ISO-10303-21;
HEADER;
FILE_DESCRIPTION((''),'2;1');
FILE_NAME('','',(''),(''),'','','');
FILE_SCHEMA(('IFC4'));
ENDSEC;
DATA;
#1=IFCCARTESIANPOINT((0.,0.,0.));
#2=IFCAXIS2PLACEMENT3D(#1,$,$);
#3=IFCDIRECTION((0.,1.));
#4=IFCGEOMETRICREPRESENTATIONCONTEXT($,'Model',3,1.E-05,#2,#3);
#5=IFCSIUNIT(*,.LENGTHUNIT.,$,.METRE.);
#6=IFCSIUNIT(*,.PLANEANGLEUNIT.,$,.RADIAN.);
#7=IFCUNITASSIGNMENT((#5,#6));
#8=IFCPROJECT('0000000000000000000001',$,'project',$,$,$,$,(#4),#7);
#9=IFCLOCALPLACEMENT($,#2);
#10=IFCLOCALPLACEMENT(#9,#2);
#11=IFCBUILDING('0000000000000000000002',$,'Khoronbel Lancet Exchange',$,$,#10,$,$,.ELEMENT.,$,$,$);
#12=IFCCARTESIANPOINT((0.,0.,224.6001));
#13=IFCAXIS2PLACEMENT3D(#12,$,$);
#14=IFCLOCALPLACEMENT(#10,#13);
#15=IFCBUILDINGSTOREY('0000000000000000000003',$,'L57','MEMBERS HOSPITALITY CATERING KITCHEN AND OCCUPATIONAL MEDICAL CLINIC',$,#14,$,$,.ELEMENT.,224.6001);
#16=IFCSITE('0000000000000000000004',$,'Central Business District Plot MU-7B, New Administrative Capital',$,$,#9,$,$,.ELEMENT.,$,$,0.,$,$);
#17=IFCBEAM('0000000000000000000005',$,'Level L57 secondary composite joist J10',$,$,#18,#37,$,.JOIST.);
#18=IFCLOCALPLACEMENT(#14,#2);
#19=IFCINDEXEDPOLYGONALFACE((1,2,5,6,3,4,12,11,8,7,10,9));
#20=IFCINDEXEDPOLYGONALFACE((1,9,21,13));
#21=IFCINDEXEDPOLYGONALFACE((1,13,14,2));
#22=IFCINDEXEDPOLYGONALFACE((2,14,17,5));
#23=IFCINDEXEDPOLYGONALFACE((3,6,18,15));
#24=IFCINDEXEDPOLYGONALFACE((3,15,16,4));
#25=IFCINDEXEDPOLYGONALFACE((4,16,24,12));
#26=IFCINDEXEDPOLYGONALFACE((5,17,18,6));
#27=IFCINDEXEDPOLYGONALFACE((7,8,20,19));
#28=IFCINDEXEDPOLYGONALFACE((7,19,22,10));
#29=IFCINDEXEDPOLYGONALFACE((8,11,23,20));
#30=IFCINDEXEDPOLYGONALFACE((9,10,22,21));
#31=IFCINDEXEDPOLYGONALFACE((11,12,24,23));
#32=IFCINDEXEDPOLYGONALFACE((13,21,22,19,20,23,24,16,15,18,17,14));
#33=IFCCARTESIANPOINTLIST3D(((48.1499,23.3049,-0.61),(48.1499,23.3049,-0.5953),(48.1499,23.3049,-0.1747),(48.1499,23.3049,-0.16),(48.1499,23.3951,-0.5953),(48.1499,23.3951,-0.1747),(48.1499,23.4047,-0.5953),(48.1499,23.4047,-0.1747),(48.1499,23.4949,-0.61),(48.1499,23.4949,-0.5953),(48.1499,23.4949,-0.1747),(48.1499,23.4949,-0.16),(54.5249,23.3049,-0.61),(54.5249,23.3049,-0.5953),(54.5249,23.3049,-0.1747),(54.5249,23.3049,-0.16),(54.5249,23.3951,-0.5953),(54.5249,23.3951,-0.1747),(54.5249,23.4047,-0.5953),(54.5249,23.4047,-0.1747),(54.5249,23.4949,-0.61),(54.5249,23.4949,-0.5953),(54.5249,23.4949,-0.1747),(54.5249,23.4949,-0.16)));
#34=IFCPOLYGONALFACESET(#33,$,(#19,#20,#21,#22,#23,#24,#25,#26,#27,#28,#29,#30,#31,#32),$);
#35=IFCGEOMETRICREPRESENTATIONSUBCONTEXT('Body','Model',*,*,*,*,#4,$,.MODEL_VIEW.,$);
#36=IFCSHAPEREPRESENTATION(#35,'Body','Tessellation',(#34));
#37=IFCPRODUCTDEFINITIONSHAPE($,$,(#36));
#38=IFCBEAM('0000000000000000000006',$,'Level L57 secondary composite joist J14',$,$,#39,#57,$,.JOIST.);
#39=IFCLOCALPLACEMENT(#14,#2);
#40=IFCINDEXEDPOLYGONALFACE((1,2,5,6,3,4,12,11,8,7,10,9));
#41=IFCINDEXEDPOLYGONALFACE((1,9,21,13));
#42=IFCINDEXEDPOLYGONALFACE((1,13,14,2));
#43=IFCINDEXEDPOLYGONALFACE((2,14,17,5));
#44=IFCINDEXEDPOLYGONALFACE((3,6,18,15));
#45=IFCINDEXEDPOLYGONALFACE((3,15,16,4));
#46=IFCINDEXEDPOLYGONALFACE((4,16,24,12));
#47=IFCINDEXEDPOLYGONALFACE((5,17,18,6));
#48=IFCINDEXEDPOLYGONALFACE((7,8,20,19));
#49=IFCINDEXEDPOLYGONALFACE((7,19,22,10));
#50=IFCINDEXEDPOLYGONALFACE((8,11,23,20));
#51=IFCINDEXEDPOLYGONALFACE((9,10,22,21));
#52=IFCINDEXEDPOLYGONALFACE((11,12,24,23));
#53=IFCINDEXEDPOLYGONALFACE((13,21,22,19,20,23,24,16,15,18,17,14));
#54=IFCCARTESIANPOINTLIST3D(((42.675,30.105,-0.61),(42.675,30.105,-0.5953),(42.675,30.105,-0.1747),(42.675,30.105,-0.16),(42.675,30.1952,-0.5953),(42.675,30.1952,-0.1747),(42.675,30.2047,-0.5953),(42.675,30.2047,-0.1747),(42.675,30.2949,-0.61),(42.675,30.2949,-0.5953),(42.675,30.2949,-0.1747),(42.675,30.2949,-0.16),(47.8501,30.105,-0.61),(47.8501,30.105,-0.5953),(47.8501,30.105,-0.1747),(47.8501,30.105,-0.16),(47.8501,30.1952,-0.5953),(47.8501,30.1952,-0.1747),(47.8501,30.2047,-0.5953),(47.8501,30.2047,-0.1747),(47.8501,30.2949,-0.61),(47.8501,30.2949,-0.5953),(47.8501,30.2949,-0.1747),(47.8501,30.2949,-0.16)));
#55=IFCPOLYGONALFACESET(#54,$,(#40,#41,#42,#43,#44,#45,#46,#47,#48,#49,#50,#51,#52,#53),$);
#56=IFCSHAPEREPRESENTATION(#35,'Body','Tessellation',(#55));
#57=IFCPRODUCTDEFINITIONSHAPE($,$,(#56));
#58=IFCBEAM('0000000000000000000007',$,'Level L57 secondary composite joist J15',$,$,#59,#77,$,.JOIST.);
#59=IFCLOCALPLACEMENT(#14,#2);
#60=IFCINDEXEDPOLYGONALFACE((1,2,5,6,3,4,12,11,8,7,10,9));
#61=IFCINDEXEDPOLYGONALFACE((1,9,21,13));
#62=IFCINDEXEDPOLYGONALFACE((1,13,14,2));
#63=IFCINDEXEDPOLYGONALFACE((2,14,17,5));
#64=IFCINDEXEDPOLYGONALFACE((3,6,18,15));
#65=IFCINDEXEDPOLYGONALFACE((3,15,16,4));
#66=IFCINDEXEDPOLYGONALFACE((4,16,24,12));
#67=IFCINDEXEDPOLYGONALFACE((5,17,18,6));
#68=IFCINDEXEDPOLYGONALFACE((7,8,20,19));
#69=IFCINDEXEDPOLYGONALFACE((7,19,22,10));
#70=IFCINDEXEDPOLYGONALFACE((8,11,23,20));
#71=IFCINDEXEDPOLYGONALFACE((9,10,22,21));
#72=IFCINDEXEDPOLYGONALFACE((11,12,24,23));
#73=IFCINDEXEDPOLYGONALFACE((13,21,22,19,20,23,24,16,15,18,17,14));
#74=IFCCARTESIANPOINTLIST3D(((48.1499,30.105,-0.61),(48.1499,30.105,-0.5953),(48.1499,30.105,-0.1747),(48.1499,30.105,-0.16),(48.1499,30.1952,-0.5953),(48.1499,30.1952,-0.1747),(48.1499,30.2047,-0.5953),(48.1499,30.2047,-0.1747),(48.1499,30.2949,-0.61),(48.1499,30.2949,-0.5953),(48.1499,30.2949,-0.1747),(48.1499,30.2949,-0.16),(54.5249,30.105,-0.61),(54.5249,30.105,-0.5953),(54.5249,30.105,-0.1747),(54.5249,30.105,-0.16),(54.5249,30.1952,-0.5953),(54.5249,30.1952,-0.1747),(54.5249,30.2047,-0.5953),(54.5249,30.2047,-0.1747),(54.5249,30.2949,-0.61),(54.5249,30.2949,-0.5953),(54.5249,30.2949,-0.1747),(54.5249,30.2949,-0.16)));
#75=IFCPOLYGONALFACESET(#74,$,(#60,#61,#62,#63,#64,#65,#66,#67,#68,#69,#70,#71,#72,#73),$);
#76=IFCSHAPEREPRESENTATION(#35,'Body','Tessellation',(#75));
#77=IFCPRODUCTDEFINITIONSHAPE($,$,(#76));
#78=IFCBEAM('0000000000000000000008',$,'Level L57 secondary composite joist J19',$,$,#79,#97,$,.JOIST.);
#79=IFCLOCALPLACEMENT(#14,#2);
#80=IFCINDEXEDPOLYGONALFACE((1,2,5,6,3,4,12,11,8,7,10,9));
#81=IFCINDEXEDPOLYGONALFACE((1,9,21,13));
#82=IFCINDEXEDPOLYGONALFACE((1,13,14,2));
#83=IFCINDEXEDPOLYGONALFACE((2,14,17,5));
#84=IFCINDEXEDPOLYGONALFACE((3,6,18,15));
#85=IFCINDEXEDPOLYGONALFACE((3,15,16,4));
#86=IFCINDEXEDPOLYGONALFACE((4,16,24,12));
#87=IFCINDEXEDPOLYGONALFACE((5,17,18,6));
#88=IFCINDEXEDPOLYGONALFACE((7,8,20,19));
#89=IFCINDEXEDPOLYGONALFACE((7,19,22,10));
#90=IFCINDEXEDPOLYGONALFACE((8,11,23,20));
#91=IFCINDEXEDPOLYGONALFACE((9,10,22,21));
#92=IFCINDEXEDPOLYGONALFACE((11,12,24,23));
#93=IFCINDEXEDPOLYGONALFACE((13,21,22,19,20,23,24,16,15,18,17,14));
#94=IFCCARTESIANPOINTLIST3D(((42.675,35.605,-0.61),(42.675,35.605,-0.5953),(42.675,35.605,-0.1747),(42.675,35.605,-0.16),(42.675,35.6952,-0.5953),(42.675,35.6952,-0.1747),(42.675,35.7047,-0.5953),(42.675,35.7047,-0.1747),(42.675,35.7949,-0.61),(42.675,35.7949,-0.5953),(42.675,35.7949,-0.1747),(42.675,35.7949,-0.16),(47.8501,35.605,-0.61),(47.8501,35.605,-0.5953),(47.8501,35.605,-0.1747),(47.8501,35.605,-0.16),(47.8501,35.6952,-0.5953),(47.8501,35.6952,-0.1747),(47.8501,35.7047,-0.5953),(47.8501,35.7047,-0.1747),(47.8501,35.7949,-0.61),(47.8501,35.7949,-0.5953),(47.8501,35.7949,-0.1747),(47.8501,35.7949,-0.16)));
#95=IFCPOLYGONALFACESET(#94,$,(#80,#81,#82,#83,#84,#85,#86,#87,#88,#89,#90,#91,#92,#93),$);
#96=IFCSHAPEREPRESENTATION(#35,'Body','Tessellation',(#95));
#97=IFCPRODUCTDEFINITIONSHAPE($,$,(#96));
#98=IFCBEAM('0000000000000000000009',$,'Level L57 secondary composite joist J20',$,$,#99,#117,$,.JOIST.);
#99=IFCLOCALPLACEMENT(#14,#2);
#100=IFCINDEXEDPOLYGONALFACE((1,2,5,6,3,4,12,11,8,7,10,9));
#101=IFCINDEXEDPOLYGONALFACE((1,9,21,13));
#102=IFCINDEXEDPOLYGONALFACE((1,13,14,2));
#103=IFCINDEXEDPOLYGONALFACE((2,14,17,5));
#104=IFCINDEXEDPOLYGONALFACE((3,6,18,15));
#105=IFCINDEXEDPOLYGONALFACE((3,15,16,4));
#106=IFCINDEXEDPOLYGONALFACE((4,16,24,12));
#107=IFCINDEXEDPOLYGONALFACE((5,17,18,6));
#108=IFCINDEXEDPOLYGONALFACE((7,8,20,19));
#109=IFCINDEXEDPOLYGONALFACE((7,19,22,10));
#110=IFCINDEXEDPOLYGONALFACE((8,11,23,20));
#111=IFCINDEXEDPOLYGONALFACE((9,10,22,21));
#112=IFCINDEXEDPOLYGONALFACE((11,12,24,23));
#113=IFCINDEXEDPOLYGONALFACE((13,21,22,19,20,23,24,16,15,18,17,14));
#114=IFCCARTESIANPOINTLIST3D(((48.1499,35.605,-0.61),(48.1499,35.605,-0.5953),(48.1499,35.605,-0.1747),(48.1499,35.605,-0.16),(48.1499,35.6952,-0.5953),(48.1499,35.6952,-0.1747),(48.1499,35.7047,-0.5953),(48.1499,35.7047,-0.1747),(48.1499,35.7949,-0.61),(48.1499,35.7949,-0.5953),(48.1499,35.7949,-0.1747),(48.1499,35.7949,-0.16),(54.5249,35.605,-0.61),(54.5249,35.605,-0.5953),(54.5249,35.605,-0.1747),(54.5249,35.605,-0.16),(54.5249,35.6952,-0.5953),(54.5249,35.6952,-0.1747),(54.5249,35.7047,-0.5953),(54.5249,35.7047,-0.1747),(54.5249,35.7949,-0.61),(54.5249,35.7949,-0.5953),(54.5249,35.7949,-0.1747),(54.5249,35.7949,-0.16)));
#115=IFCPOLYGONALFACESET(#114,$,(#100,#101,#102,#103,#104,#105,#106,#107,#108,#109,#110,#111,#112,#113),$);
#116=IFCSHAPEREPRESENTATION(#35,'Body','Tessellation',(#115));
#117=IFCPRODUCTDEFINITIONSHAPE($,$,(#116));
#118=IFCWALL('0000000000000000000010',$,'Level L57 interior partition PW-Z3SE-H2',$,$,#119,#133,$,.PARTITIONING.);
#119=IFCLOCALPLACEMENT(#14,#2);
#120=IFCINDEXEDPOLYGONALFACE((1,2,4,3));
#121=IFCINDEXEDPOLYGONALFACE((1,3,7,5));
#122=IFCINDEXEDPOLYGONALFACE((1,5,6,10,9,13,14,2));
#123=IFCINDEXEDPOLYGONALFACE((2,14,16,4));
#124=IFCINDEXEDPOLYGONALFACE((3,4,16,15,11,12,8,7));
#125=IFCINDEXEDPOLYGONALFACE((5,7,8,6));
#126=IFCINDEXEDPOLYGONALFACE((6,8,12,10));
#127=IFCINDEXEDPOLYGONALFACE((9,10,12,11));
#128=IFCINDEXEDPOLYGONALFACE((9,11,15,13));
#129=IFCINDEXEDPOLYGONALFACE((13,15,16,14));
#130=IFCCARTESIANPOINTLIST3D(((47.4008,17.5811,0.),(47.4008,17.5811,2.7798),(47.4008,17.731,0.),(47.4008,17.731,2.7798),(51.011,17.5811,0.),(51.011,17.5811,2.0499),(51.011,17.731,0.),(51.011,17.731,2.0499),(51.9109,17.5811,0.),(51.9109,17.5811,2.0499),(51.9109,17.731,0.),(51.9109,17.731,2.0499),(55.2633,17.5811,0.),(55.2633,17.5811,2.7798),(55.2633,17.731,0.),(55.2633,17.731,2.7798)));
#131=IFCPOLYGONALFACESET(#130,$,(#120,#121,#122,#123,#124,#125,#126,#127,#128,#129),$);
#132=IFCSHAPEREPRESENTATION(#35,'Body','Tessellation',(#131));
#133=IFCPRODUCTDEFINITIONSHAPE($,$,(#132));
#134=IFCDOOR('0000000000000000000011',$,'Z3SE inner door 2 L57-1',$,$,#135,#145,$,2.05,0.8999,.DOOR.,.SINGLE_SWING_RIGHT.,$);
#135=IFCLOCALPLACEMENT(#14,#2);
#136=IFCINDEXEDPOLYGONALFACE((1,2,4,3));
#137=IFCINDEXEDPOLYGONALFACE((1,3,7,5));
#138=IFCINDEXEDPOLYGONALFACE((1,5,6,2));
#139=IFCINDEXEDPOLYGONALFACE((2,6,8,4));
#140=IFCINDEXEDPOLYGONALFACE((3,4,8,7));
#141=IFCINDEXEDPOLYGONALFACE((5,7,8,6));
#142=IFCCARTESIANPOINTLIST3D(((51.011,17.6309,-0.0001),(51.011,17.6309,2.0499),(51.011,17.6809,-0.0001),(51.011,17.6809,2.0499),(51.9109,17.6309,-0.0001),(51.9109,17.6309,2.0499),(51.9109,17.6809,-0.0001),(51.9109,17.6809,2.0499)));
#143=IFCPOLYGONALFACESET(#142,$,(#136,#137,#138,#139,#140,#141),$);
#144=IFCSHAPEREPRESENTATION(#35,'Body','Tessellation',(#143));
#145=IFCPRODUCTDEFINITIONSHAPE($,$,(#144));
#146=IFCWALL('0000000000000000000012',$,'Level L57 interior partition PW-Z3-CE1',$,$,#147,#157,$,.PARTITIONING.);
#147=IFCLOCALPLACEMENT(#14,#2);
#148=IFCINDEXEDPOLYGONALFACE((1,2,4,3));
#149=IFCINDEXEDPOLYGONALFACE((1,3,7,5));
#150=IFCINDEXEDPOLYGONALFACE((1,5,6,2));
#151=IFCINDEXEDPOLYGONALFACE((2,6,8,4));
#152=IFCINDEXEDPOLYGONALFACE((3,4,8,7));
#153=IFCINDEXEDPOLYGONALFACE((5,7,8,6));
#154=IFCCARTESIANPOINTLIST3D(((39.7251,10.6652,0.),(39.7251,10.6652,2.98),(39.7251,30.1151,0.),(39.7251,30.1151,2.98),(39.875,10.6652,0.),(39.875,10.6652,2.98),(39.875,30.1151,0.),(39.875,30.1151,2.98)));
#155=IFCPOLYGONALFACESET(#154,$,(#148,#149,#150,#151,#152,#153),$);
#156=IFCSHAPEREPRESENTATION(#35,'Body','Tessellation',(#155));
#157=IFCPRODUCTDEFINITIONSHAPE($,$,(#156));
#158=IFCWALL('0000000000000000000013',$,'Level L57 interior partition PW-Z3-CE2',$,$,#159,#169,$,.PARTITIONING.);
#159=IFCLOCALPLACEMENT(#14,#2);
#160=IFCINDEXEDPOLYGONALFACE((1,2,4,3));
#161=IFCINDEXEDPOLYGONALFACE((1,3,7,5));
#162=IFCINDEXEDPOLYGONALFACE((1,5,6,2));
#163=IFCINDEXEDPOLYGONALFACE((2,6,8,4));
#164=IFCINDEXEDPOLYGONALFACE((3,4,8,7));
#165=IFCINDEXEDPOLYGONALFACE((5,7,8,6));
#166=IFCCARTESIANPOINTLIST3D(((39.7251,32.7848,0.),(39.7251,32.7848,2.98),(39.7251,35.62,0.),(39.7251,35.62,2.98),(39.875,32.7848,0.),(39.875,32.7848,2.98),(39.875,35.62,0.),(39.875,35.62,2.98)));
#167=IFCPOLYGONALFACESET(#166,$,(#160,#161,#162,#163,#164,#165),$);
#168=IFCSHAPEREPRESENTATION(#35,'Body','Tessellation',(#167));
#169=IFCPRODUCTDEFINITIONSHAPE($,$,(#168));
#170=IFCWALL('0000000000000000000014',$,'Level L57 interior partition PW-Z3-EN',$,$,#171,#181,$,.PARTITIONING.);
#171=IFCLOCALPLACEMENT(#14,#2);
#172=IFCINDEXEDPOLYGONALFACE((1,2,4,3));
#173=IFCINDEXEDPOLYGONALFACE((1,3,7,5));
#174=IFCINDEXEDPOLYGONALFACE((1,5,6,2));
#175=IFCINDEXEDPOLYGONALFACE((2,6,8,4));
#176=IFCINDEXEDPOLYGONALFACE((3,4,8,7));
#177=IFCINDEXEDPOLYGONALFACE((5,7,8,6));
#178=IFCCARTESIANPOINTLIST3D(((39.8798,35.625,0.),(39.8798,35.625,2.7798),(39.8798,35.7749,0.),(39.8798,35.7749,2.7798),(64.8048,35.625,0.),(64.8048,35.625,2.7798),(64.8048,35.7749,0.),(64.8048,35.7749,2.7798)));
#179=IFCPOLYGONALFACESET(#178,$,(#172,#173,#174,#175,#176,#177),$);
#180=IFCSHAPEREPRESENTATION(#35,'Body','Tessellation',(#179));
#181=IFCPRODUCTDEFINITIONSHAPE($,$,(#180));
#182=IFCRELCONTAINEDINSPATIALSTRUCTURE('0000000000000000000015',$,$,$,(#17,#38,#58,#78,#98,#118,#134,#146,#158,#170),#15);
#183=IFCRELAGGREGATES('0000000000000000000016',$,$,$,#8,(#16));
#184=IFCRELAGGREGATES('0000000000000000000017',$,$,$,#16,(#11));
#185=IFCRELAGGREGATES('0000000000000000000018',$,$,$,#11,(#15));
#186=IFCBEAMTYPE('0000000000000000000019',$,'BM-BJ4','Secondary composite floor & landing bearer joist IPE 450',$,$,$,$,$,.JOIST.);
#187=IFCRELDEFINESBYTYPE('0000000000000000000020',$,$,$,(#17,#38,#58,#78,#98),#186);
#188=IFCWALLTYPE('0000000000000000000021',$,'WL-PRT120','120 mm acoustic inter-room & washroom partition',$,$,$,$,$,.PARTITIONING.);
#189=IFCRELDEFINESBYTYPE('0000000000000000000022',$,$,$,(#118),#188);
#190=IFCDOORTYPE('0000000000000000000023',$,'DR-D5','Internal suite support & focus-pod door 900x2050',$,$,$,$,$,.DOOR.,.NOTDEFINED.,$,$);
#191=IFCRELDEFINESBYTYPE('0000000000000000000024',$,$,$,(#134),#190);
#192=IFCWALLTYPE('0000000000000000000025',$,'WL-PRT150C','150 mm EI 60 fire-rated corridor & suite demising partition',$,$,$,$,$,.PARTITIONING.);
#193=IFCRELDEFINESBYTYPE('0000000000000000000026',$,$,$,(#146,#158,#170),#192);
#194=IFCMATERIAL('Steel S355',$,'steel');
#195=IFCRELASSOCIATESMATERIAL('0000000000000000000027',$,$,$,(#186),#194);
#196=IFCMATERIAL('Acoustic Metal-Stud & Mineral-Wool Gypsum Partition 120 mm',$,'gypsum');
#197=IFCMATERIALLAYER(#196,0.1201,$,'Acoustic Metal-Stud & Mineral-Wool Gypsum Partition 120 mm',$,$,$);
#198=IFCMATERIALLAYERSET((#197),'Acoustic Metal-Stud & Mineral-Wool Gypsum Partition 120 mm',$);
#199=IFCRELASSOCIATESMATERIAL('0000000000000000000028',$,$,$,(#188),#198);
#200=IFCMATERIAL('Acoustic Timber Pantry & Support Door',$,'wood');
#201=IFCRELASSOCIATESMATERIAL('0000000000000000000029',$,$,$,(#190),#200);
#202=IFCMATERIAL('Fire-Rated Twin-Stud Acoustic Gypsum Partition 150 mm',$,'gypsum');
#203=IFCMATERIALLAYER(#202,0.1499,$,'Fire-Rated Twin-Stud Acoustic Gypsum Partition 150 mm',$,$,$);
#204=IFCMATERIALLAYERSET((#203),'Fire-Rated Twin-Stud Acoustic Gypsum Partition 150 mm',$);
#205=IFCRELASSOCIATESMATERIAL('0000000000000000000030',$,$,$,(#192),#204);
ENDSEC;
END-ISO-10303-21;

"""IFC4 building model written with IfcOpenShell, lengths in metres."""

from ifc_helpers import new_model, si_unit, direction, frame, frame_2d, origin, origin_2d, place, context, subcontext, project, spatial, rectangle, i_section, extrude, material, layer, layer_set, material_profile, profile_set, type_object, element, fill, save


model = new_model("IFC4")

# Units and contexts
model_context = context("Model", 3, precision=1e-05, world=origin(), true_north=direction((0.0, 1.0)))
body_context = subcontext(model_context, "Body", "Model", "MODEL_VIEW")
ifc_project = project(units=[si_unit("LENGTHUNIT", "METRE"), si_unit("PLANEANGLEUNIT", "RADIAN")], contexts=[model_context])

# Site, building, storey
site_placement = place(None, origin())
site = spatial("IfcSite", under=ifc_project, at=site_placement, Name="Central Business District Plot MU-7B, New Administrative Capital", CompositionType="ELEMENT", RefElevation=0.0)
building_placement = place(site_placement, origin())
building = spatial("IfcBuilding", under=site, at=building_placement, Name="Khoronbel Lancet Exchange", CompositionType="ELEMENT")
storey_placement = place(building_placement, frame((0.0, 0.0, 224.6001)))
storey = spatial("IfcBuildingStorey", under=building, at=storey_placement, Name="L57", Description="MEMBERS HOSPITALITY CATERING KITCHEN AND OCCUPATIONAL MEDICAL CLINIC", CompositionType="ELEMENT", Elevation=224.6001)

# Shared definitions
ifc_material_1 = material(Name="Steel S355", Category="steel")

# Beams
ifc_material_profile_1 = material_profile(ifc_material_1, i_section(OverallWidth=0.1899, OverallDepth=0.45, WebThickness=0.0095, FlangeThickness=0.0146, at=origin_2d()), Name="IPE 450")
ifc_profile_set_1 = profile_set([ifc_material_profile_1], Name="Steel S355")
beam_type_1 = type_object("IfcBeamType", Name="BM-BJ4", Description="Secondary composite floor & landing bearer joist IPE 450", PredefinedType="JOIST", material=ifc_profile_set_1)
beam_1_placement = place(storey_placement, frame((48.1499, 23.3999, -0.385), z_axis=(1.0, 0.0, 0.0), x_axis=(0.0, 1.0, 0.0)))
element("IfcBeam", 1, at=beam_1_placement, inside=storey, type_object=beam_type_1, Name="Level L57 secondary composite joist J10", PredefinedType="JOIST", context=body_context, shape_type="SweptSolid", body=[
    extrude(i_section(OverallWidth=0.1899, OverallDepth=0.45, WebThickness=0.0095, FlangeThickness=0.0146, at=origin_2d()), origin(), (0.0, 0.0, 1.0), 6.375),
])
beam_2_placement = place(storey_placement, frame((42.675, 30.2, -0.385), z_axis=(1.0, 0.0, 0.0), x_axis=(0.0, 1.0, 0.0)))
element("IfcBeam", 2, at=beam_2_placement, inside=storey, type_object=beam_type_1, Name="Level L57 secondary composite joist J14", PredefinedType="JOIST", context=body_context, shape_type="SweptSolid", body=[
    extrude(i_section(OverallWidth=0.1899, OverallDepth=0.45, WebThickness=0.0095, FlangeThickness=0.0146, at=origin_2d()), origin(), (0.0, 0.0, 1.0), 5.175),
])
beam_3_placement = place(storey_placement, frame((48.1499, 30.2, -0.385), z_axis=(1.0, 0.0, 0.0), x_axis=(0.0, 1.0, 0.0)))
element("IfcBeam", 3, at=beam_3_placement, inside=storey, type_object=beam_type_1, Name="Level L57 secondary composite joist J15", PredefinedType="JOIST", context=body_context, shape_type="SweptSolid", body=[
    extrude(i_section(OverallWidth=0.1899, OverallDepth=0.45, WebThickness=0.0095, FlangeThickness=0.0146, at=origin_2d()), origin(), (0.0, 0.0, 1.0), 6.375),
])
beam_4_placement = place(storey_placement, frame((42.675, 35.7, -0.385), z_axis=(1.0, 0.0, 0.0), x_axis=(0.0, 1.0, 0.0)))
element("IfcBeam", 4, at=beam_4_placement, inside=storey, type_object=beam_type_1, Name="Level L57 secondary composite joist J19", PredefinedType="JOIST", context=body_context, shape_type="SweptSolid", body=[
    extrude(i_section(OverallWidth=0.1899, OverallDepth=0.45, WebThickness=0.0095, FlangeThickness=0.0146, at=origin_2d()), origin(), (0.0, 0.0, 1.0), 5.175),
])
beam_5_placement = place(storey_placement, frame((48.1499, 35.7, -0.385), z_axis=(1.0, 0.0, 0.0), x_axis=(0.0, 1.0, 0.0)))
element("IfcBeam", 5, at=beam_5_placement, inside=storey, type_object=beam_type_1, Name="Level L57 secondary composite joist J20", PredefinedType="JOIST", context=body_context, shape_type="SweptSolid", body=[
    extrude(i_section(OverallWidth=0.1899, OverallDepth=0.45, WebThickness=0.0095, FlangeThickness=0.0146, at=origin_2d()), origin(), (0.0, 0.0, 1.0), 6.375),
])

# Wall, opening, door
ifc_material_2 = material(Name="Acoustic Metal-Stud & Mineral-Wool Gypsum Partition 120 mm", Category="gypsum")
ifc_layer_1 = layer(ifc_material_2, 0.1201, Name="Acoustic Metal-Stud & Mineral-Wool Gypsum Partition 120 mm")
ifc_layer_set_1 = layer_set([ifc_layer_1], Name="Acoustic Metal-Stud & Mineral-Wool Gypsum Partition 120 mm")
wall_type_1 = type_object("IfcWallType", Name="WL-PRT120", Description="120 mm acoustic inter-room & washroom partition", PredefinedType="PARTITIONING", material=ifc_layer_set_1)
wall_1_placement = place(storey_placement, frame((47.4009, 17.656, 0.0), z_axis=(0.0, 0.0, 1.0), x_axis=(1.0, 0.0, 0.0)))
wall_1 = element("IfcWall", 6, at=wall_1_placement, inside=storey, type_object=wall_type_1, Name="Level L57 interior partition PW-Z3SE-H2", PredefinedType="PARTITIONING", context=body_context, shape_type="SweptSolid", body=[
    extrude(rectangle(XDim=7.8625, YDim=0.1499, at=frame_2d((3.9312, 0.0))), origin(), (0.0, 0.0, 1.0), 2.7798),
])
opening_1_placement = place(wall_1_placement, frame((3.6101, 0.0, 0.0)))
opening_1 = element("IfcOpeningElement", 7, at=opening_1_placement, cuts=wall_1, PredefinedType="OPENING", context=body_context, shape_type="SweptSolid", body=[
    extrude(rectangle(XDim=0.8999, YDim=2.05, at=frame_2d((0.45, 1.0249))), frame((0.0, 0.085, 0.0), z_axis=(0.0, -1.0, 0.0), x_axis=(1.0, 0.0, 0.0)), (0.0, 0.0, 1.0), 0.1699),
])
ifc_material_3 = material(Name="Acoustic Timber Pantry & Support Door", Category="wood")
door_type_1 = type_object("IfcDoorType", Name="DR-D5", Description="Internal suite support & focus-pod door 900x2050", OperationType="NOTDEFINED", PredefinedType="DOOR", material=ifc_material_3)
door_1_placement = place(opening_1_placement, origin())
door_1 = element("IfcDoor", 8, at=door_1_placement, inside=storey, type_object=door_type_1, Name="Z3SE inner door 2 L57-1", OperationType="SINGLE_SWING_RIGHT", OverallHeight=2.05, OverallWidth=0.8999, PredefinedType="DOOR", context=body_context, shape_type="SweptSolid", body=[
    extrude(rectangle(XDim=0.8999, YDim=2.05, at=frame_2d((0.45, 1.0249))), frame((0.0, 0.0249, 0.0), z_axis=(0.0, -1.0, 0.0), x_axis=(1.0, 0.0, 0.0)), (0.0, 0.0, 1.0), 0.05),
])
fill(opening_1, door_1)

# Walls
ifc_material_4 = material(Name="Fire-Rated Twin-Stud Acoustic Gypsum Partition 150 mm", Category="gypsum")
ifc_layer_2 = layer(ifc_material_4, 0.1499, Name="Fire-Rated Twin-Stud Acoustic Gypsum Partition 150 mm")
ifc_layer_set_2 = layer_set([ifc_layer_2], Name="Fire-Rated Twin-Stud Acoustic Gypsum Partition 150 mm")
wall_type_2 = type_object("IfcWallType", Name="WL-PRT150C", Description="150 mm EI 60 fire-rated corridor & suite demising partition", PredefinedType="PARTITIONING", material=ifc_layer_set_2)
wall_2_placement = place(storey_placement, frame((39.8, 10.665, 0.0), z_axis=(0.0, 0.0, 1.0), x_axis=(0.0, 1.0, 0.0)))
element("IfcWall", 9, at=wall_2_placement, inside=storey, type_object=wall_type_2, Name="Level L57 interior partition PW-Z3-CE1", PredefinedType="PARTITIONING", context=body_context, shape_type="SweptSolid", body=[
    extrude(rectangle(XDim=19.45, YDim=0.1499, at=frame_2d((9.7251, 0.0))), origin(), (0.0, 0.0, 1.0), 2.98),
])
wall_3_placement = place(storey_placement, frame((39.8, 32.7849, 0.0), z_axis=(0.0, 0.0, 1.0), x_axis=(0.0, 1.0, 0.0)))
element("IfcWall", 10, at=wall_3_placement, inside=storey, type_object=wall_type_2, Name="Level L57 interior partition PW-Z3-CE2", PredefinedType="PARTITIONING", context=body_context, shape_type="SweptSolid", body=[
    extrude(rectangle(XDim=2.8352, YDim=0.1499, at=frame_2d((1.4175, 0.0))), origin(), (0.0, 0.0, 1.0), 2.98),
])
wall_4_placement = place(storey_placement, frame((39.8799, 35.7, 0.0), z_axis=(0.0, 0.0, 1.0), x_axis=(1.0, 0.0, 0.0)))
element("IfcWall", 11, at=wall_4_placement, inside=storey, type_object=wall_type_2, Name="Level L57 interior partition PW-Z3-EN", PredefinedType="PARTITIONING", context=body_context, shape_type="SweptSolid", body=[
    extrude(rectangle(XDim=24.925, YDim=0.1499, at=frame_2d((12.4624, 0.0))), origin(), (0.0, 0.0, 1.0), 2.7798),
])

save(model, "model.ifc")
